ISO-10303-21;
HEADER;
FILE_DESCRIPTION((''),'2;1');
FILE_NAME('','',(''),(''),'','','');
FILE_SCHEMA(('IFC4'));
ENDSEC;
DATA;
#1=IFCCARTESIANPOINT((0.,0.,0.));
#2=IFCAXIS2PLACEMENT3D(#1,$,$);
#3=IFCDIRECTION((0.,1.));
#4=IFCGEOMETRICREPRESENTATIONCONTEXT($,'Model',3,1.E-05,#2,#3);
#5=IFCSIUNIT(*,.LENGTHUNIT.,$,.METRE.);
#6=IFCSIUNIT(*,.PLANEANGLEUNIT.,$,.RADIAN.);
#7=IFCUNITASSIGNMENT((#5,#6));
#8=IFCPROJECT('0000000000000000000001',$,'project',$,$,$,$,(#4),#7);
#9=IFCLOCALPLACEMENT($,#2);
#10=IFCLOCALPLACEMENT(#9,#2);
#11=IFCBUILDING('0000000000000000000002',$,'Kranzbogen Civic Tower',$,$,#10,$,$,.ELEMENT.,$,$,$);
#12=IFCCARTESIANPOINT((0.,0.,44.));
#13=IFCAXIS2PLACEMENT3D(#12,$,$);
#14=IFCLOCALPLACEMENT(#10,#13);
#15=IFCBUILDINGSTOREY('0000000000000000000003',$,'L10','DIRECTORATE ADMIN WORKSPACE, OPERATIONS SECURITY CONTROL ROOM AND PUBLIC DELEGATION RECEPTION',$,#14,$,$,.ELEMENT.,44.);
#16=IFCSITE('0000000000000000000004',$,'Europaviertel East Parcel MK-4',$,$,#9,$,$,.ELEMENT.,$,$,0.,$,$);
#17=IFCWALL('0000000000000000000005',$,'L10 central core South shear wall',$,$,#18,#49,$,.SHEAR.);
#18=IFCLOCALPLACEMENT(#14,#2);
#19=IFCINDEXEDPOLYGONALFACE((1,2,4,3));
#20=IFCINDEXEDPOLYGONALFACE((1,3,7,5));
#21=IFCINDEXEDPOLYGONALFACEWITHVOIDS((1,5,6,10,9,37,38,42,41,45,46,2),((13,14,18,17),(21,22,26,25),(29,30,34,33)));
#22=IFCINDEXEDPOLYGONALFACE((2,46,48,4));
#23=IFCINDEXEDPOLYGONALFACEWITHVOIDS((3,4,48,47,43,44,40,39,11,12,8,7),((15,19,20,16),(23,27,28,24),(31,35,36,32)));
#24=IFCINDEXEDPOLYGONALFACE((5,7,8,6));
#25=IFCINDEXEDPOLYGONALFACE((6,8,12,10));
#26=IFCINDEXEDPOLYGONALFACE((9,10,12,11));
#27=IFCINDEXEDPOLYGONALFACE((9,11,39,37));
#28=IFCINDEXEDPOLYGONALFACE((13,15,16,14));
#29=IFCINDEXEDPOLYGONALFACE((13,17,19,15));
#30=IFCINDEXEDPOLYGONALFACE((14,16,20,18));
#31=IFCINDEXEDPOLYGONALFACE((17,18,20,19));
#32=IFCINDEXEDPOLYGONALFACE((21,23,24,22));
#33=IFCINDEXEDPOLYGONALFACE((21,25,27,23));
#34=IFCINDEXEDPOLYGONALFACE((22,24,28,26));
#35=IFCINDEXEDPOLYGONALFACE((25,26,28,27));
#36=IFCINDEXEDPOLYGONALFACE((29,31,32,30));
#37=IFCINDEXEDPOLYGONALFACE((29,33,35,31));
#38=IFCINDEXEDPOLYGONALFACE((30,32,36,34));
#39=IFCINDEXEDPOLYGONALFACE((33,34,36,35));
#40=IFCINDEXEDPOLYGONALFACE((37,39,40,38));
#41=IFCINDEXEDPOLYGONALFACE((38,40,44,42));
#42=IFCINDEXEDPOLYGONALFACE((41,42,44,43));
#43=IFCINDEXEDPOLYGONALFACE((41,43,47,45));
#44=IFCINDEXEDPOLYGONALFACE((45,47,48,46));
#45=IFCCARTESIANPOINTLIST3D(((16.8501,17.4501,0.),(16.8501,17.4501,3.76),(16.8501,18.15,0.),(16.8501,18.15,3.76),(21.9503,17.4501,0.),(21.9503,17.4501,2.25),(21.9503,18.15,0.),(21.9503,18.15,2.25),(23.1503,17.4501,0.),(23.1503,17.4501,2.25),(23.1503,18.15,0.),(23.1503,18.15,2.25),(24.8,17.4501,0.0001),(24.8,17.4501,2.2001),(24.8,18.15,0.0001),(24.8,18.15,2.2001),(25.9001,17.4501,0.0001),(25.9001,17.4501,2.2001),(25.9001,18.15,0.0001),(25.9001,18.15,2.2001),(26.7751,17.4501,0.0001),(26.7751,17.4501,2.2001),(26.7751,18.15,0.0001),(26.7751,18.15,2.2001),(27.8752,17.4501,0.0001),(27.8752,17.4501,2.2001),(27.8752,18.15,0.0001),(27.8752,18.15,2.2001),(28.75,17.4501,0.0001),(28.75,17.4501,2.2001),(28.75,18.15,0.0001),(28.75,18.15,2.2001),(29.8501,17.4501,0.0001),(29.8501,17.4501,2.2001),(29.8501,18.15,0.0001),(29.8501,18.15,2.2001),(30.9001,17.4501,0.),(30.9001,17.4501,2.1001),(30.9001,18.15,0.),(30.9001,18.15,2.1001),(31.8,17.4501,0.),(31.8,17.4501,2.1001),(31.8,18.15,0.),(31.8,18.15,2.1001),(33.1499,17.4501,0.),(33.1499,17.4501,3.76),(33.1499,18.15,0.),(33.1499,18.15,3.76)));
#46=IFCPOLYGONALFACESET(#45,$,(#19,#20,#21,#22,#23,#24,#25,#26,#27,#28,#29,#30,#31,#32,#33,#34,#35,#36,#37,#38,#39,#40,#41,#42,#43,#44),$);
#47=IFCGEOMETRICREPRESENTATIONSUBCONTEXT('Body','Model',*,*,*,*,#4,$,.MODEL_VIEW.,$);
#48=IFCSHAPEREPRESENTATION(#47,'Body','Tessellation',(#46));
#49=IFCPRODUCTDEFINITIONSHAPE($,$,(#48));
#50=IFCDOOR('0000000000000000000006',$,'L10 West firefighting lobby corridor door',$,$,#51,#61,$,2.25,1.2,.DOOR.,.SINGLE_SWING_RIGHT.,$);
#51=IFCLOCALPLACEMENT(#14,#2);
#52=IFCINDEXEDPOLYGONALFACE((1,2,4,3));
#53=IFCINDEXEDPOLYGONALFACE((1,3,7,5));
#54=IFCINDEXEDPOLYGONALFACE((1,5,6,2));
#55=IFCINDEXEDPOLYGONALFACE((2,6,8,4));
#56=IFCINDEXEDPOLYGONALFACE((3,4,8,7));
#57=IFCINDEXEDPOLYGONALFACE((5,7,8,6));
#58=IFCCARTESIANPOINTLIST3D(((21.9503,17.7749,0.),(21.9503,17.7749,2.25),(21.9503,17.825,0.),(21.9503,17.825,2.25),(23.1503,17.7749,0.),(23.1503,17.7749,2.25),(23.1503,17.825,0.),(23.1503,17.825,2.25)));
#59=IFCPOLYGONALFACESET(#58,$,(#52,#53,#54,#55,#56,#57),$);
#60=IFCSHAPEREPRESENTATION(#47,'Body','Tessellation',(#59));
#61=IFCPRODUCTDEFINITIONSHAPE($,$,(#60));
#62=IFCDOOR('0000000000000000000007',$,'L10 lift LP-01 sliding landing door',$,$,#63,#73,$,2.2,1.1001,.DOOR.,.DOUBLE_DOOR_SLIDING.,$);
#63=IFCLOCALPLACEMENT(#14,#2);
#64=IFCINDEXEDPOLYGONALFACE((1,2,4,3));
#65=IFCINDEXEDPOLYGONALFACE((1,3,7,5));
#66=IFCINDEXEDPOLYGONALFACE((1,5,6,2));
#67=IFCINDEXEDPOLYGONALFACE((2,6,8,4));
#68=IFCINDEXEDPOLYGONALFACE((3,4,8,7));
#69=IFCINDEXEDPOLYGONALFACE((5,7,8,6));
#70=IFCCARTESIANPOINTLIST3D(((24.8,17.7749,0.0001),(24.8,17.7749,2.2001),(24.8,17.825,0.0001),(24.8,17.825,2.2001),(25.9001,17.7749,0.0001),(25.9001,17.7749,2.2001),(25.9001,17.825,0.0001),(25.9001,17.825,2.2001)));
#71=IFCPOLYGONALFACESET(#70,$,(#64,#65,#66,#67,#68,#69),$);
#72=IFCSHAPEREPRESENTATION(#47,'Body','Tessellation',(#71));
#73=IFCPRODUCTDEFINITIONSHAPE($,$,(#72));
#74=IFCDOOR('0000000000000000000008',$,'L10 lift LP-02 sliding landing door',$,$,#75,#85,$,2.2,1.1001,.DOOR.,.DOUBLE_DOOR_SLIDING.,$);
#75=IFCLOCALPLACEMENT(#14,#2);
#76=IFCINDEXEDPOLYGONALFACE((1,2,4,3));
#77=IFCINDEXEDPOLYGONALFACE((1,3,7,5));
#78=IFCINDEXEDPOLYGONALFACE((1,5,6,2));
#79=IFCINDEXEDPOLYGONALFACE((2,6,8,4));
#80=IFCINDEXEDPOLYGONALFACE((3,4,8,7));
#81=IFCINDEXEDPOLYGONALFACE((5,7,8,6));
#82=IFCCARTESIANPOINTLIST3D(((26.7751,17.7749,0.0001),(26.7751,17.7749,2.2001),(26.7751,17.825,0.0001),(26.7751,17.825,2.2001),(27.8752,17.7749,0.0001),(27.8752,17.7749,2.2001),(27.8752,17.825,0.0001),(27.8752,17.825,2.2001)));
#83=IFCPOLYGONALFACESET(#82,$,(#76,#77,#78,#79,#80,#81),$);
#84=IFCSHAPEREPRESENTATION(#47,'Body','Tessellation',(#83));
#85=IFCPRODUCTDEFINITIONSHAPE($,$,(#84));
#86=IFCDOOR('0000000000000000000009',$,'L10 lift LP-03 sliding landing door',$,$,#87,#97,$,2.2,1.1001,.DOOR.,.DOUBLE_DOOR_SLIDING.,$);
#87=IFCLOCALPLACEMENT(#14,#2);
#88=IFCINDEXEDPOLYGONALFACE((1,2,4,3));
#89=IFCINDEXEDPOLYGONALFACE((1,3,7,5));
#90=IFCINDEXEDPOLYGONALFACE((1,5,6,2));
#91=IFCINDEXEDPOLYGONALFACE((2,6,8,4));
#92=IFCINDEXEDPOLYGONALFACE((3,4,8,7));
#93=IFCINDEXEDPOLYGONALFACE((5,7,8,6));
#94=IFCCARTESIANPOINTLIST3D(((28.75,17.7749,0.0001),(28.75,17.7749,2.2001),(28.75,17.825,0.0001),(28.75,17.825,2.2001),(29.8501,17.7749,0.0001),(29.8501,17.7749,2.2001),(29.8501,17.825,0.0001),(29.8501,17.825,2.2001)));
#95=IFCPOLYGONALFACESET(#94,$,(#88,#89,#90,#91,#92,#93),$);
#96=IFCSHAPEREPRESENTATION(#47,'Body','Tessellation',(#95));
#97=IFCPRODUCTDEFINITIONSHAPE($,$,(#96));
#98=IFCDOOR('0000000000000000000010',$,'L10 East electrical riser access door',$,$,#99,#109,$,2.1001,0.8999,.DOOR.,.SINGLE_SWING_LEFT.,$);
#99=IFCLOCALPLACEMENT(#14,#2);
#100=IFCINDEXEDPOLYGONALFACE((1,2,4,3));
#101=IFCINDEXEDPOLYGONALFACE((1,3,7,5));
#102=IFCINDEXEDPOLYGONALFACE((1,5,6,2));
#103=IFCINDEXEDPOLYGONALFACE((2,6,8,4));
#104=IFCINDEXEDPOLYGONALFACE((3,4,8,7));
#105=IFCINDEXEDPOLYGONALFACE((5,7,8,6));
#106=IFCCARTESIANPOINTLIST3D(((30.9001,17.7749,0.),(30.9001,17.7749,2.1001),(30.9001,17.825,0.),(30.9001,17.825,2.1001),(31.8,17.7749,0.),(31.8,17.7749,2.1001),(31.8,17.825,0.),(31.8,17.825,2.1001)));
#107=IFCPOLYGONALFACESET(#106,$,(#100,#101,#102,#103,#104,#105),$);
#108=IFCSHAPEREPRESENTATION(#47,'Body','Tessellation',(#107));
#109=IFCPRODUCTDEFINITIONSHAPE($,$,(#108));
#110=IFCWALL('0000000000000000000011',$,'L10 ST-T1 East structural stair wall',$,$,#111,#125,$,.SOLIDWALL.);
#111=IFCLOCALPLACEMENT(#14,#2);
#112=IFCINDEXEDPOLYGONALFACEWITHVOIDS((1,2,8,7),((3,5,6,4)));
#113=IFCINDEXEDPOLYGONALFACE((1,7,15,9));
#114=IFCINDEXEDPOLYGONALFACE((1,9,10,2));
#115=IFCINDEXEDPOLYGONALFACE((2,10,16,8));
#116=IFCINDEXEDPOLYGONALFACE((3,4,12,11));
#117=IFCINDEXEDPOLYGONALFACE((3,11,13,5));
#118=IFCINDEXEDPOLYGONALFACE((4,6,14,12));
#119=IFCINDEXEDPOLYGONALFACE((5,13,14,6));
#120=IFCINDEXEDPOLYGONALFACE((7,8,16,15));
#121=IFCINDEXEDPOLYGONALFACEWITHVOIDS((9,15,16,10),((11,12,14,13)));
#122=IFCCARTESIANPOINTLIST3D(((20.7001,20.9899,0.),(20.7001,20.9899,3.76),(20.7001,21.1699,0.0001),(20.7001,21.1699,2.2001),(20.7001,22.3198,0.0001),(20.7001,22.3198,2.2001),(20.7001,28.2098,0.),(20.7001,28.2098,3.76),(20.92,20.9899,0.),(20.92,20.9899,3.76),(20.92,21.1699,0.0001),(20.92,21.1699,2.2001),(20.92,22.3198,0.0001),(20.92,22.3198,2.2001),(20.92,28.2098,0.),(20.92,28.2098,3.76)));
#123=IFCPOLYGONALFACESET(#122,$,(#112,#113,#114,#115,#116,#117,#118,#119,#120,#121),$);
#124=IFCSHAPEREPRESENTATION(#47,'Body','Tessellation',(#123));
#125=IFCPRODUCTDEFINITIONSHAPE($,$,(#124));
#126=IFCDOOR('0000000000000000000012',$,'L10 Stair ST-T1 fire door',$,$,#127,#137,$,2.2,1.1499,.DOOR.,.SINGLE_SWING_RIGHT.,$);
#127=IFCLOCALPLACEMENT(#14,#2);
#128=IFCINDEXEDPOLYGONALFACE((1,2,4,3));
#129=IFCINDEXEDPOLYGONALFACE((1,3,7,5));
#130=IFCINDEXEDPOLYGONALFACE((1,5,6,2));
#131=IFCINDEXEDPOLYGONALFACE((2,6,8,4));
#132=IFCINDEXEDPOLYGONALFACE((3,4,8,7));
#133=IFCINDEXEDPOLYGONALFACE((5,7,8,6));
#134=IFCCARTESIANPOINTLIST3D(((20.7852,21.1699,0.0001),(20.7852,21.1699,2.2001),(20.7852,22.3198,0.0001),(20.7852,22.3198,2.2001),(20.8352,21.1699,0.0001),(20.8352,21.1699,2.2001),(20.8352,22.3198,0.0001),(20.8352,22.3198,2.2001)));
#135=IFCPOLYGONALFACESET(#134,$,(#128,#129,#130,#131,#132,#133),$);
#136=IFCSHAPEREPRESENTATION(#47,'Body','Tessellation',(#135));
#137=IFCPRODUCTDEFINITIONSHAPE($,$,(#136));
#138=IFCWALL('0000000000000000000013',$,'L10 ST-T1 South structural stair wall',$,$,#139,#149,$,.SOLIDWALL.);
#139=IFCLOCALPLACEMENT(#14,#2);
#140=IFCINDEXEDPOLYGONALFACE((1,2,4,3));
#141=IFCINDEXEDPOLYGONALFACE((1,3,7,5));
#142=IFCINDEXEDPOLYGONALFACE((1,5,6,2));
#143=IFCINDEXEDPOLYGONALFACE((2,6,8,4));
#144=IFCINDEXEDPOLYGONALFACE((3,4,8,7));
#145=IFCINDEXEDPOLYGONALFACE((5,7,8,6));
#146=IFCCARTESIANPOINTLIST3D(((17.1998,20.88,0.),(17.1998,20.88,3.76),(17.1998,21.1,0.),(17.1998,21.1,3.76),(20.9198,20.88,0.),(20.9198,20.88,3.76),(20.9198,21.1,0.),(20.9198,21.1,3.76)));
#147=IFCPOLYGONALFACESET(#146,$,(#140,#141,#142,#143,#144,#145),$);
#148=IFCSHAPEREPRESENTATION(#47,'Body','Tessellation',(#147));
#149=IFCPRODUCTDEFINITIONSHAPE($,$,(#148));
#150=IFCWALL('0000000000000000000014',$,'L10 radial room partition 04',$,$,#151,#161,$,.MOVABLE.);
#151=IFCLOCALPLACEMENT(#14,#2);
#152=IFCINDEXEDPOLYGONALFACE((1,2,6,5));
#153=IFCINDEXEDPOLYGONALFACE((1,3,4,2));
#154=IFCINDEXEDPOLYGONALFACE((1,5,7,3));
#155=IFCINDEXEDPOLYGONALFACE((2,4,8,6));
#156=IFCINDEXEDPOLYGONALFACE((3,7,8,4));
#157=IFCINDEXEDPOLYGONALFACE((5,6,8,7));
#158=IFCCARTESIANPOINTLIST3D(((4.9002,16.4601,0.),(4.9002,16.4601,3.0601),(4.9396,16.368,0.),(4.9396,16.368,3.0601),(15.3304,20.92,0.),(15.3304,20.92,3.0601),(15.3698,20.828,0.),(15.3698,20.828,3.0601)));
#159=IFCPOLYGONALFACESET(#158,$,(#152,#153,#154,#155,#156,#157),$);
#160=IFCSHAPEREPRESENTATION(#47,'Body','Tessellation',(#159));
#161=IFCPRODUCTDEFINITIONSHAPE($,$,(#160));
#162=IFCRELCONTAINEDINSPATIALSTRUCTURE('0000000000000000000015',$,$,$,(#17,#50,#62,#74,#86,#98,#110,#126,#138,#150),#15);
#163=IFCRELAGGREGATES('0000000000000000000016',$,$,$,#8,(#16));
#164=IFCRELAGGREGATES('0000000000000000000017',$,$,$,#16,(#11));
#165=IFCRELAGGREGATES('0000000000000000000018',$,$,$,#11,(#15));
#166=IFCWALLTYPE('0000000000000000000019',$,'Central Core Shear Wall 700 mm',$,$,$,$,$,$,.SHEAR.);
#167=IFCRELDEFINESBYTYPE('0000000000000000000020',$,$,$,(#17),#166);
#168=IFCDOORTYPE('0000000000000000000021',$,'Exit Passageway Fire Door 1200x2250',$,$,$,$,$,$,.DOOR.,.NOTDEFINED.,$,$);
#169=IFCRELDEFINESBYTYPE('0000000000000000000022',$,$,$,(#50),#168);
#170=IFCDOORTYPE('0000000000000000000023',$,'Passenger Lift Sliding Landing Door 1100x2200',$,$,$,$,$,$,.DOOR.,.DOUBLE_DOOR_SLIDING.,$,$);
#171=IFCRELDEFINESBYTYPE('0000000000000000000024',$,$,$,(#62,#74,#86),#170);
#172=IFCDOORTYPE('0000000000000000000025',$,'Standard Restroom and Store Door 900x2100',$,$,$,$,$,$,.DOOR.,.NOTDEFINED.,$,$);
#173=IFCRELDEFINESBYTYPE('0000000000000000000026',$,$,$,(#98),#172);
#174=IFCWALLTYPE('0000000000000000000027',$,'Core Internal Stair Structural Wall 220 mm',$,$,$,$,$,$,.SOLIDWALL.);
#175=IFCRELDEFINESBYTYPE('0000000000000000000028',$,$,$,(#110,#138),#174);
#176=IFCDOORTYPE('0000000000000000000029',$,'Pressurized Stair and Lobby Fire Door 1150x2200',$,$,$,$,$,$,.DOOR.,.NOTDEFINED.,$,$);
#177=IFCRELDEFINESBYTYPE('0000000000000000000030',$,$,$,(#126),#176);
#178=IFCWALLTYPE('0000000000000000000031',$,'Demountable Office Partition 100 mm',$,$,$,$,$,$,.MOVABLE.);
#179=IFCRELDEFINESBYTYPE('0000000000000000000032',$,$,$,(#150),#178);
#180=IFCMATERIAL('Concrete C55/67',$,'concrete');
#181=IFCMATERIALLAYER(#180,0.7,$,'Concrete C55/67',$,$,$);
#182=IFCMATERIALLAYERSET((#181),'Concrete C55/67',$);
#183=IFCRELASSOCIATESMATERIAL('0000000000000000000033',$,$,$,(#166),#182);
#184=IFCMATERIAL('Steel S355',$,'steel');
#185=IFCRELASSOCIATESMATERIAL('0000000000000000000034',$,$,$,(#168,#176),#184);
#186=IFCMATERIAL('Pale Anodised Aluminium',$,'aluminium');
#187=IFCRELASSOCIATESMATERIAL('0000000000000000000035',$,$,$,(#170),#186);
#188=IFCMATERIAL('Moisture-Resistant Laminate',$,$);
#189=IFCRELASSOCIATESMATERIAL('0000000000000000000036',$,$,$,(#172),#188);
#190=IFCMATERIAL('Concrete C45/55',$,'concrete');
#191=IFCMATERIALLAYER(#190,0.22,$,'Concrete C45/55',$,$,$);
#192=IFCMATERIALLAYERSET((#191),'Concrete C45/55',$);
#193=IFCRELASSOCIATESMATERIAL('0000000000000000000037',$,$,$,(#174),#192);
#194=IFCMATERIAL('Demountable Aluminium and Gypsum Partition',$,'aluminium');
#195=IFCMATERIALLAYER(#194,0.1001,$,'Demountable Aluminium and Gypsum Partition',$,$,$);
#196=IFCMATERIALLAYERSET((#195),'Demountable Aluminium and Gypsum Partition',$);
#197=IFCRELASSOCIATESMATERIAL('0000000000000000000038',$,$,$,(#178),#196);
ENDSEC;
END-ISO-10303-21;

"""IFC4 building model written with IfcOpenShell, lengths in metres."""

from ifc_helpers import new_model, si_unit, direction, frame, frame_2d, origin, place, context, subcontext, project, spatial, rectangle, extrude, material, layer, layer_set, type_object, element, fill, save


model = new_model("IFC4")

# Units and contexts
model_context = context("Model", 3, precision=1e-05, world=origin(), true_north=direction((0.0, 1.0)))
body_context = subcontext(model_context, "Body", "Model", "MODEL_VIEW")
ifc_project = project(units=[si_unit("LENGTHUNIT", "METRE"), si_unit("PLANEANGLEUNIT", "RADIAN")], contexts=[model_context])

# Site, building, storey
site_placement = place(None, origin())
site = spatial("IfcSite", under=ifc_project, at=site_placement, Name="Europaviertel East Parcel MK-4", CompositionType="ELEMENT", RefElevation=0.0)
building_placement = place(site_placement, origin())
building = spatial("IfcBuilding", under=site, at=building_placement, Name="Kranzbogen Civic Tower", CompositionType="ELEMENT")
storey_placement = place(building_placement, frame((0.0, 0.0, 44.0)))
storey = spatial("IfcBuildingStorey", under=building, at=storey_placement, Name="L10", Description="DIRECTORATE ADMIN WORKSPACE, OPERATIONS SECURITY CONTROL ROOM AND PUBLIC DELEGATION RECEPTION", CompositionType="ELEMENT", Elevation=44.0)

# Shared definitions
ifc_material_1 = material(Name="Steel S355", Category="steel")

# Wall, openings, doors
ifc_material_2 = material(Name="Concrete C55/67", Category="concrete")
ifc_layer_1 = layer(ifc_material_2, 0.7, Name="Concrete C55/67")
ifc_layer_set_1 = layer_set([ifc_layer_1], Name="Concrete C55/67")
wall_type_1 = type_object("IfcWallType", Name="Central Core Shear Wall 700 mm", PredefinedType="SHEAR", material=ifc_layer_set_1)
wall_1_placement = place(storey_placement, frame((16.8501, 17.8, 0.0), z_axis=(0.0, 0.0, 1.0), x_axis=(1.0, 0.0, 0.0)))
wall_1 = element("IfcWall", 1, at=wall_1_placement, inside=storey, type_object=wall_type_1, Name="L10 central core South shear wall", PredefinedType="SHEAR", context=body_context, shape_type="SweptSolid", body=[
    extrude(rectangle(XDim=16.2998, YDim=0.7, at=frame_2d((8.1499, 0.0))), origin(), (0.0, 0.0, 1.0), 3.76),
])
opening_1_placement = place(wall_1_placement, frame((5.1001, 0.0, 0.0)))
opening_1 = element("IfcOpeningElement", 2, at=opening_1_placement, cuts=wall_1, PredefinedType="OPENING", context=body_context, shape_type="SweptSolid", body=[
    extrude(rectangle(XDim=1.2, YDim=2.25, at=frame_2d((0.6001, 1.125))), frame((0.0, 0.3599, 0.0), z_axis=(0.0, -1.0, 0.0), x_axis=(1.0, 0.0, 0.0)), (0.0, 0.0, 1.0), 0.72),
])
opening_2_placement = place(wall_1_placement, frame((14.05, 0.0, 0.0)))
opening_2 = element("IfcOpeningElement", 3, at=opening_2_placement, cuts=wall_1, PredefinedType="OPENING", context=body_context, shape_type="SweptSolid", body=[
    extrude(rectangle(XDim=0.8999, YDim=2.1001, at=frame_2d((0.45, 1.05))), frame((0.0, 0.3599, 0.0), z_axis=(0.0, -1.0, 0.0), x_axis=(1.0, 0.0, 0.0)), (0.0, 0.0, 1.0), 0.72),
])
opening_3_placement = place(wall_1_placement, frame((7.95, 0.0, 0.0)))
opening_3 = element("IfcOpeningElement", 4, at=opening_3_placement, cuts=wall_1, PredefinedType="OPENING", context=body_context, shape_type="SweptSolid", body=[
    extrude(rectangle(XDim=1.1001, YDim=2.2, at=frame_2d((0.55, 1.1001))), frame((0.0, 0.3599, 0.0), z_axis=(0.0, -1.0, 0.0), x_axis=(1.0, 0.0, 0.0)), (0.0, 0.0, 1.0), 0.72),
])
opening_4_placement = place(wall_1_placement, frame((9.925, 0.0, 0.0)))
opening_4 = element("IfcOpeningElement", 5, at=opening_4_placement, cuts=wall_1, PredefinedType="OPENING", context=body_context, shape_type="SweptSolid", body=[
    extrude(rectangle(XDim=1.1001, YDim=2.2, at=frame_2d((0.55, 1.1001))), frame((0.0, 0.3599, 0.0), z_axis=(0.0, -1.0, 0.0), x_axis=(1.0, 0.0, 0.0)), (0.0, 0.0, 1.0), 0.72),
])
opening_5_placement = place(wall_1_placement, frame((11.8999, 0.0, 0.0)))
opening_5 = element("IfcOpeningElement", 6, at=opening_5_placement, cuts=wall_1, PredefinedType="OPENING", context=body_context, shape_type="SweptSolid", body=[
    extrude(rectangle(XDim=1.1001, YDim=2.2, at=frame_2d((0.55, 1.1001))), frame((0.0, 0.3599, 0.0), z_axis=(0.0, -1.0, 0.0), x_axis=(1.0, 0.0, 0.0)), (0.0, 0.0, 1.0), 0.72),
])
door_type_1 = type_object("IfcDoorType", Name="Exit Passageway Fire Door 1200x2250", OperationType="NOTDEFINED", PredefinedType="DOOR", material=ifc_material_1)
door_1_placement = place(opening_1_placement, origin())
door_1 = element("IfcDoor", 7, at=door_1_placement, inside=storey, type_object=door_type_1, Name="L10 West firefighting lobby corridor door", OperationType="SINGLE_SWING_RIGHT", OverallHeight=2.25, OverallWidth=1.2, PredefinedType="DOOR", context=body_context, shape_type="SweptSolid", body=[
    extrude(rectangle(XDim=1.2, YDim=2.25, at=frame_2d((0.6001, 1.125))), frame((0.0, 0.0249, 0.0), z_axis=(0.0, -1.0, 0.0), x_axis=(1.0, 0.0, 0.0)), (0.0, 0.0, 1.0), 0.05),
])
fill(opening_1, door_1)
ifc_material_3 = material(Name="Pale Anodised Aluminium", Category="aluminium")
door_type_2 = type_object("IfcDoorType", Name="Passenger Lift Sliding Landing Door 1100x2200", OperationType="DOUBLE_DOOR_SLIDING", PredefinedType="DOOR", material=ifc_material_3)
door_2_placement = place(opening_3_placement, origin())
door_2 = element("IfcDoor", 8, at=door_2_placement, inside=storey, type_object=door_type_2, Name="L10 lift LP-01 sliding landing door", OperationType="DOUBLE_DOOR_SLIDING", OverallHeight=2.2, OverallWidth=1.1001, PredefinedType="DOOR", context=body_context, shape_type="SweptSolid", body=[
    extrude(rectangle(XDim=1.1001, YDim=2.2, at=frame_2d((0.55, 1.1001))), frame((0.0, 0.0249, 0.0), z_axis=(0.0, -1.0, 0.0), x_axis=(1.0, 0.0, 0.0)), (0.0, 0.0, 1.0), 0.05),
])
fill(opening_3, door_2)
door_3_placement = place(opening_4_placement, origin())
door_3 = element("IfcDoor", 9, at=door_3_placement, inside=storey, type_object=door_type_2, Name="L10 lift LP-02 sliding landing door", OperationType="DOUBLE_DOOR_SLIDING", OverallHeight=2.2, OverallWidth=1.1001, PredefinedType="DOOR", context=body_context, shape_type="SweptSolid", body=[
    extrude(rectangle(XDim=1.1001, YDim=2.2, at=frame_2d((0.55, 1.1001))), frame((0.0, 0.0249, 0.0), z_axis=(0.0, -1.0, 0.0), x_axis=(1.0, 0.0, 0.0)), (0.0, 0.0, 1.0), 0.05),
])
fill(opening_4, door_3)
door_4_placement = place(opening_5_placement, origin())
door_4 = element("IfcDoor", 10, at=door_4_placement, inside=storey, type_object=door_type_2, Name="L10 lift LP-03 sliding landing door", OperationType="DOUBLE_DOOR_SLIDING", OverallHeight=2.2, OverallWidth=1.1001, PredefinedType="DOOR", context=body_context, shape_type="SweptSolid", body=[
    extrude(rectangle(XDim=1.1001, YDim=2.2, at=frame_2d((0.55, 1.1001))), frame((0.0, 0.0249, 0.0), z_axis=(0.0, -1.0, 0.0), x_axis=(1.0, 0.0, 0.0)), (0.0, 0.0, 1.0), 0.05),
])
fill(opening_5, door_4)
ifc_material_4 = material(Name="Moisture-Resistant Laminate")
door_type_3 = type_object("IfcDoorType", Name="Standard Restroom and Store Door 900x2100", OperationType="NOTDEFINED", PredefinedType="DOOR", material=ifc_material_4)
door_5_placement = place(opening_2_placement, origin())
door_5 = element("IfcDoor", 11, at=door_5_placement, inside=storey, type_object=door_type_3, Name="L10 East electrical riser access door", OperationType="SINGLE_SWING_LEFT", OverallHeight=2.1001, OverallWidth=0.8999, PredefinedType="DOOR", context=body_context, shape_type="SweptSolid", body=[
    extrude(rectangle(XDim=0.8999, YDim=2.1001, at=frame_2d((0.45, 1.05))), frame((0.0, 0.0249, 0.0), z_axis=(0.0, -1.0, 0.0), x_axis=(1.0, 0.0, 0.0)), (0.0, 0.0, 1.0), 0.05),
])
fill(opening_2, door_5)

# Wall, opening, door
ifc_material_5 = material(Name="Concrete C45/55", Category="concrete")
ifc_layer_2 = layer(ifc_material_5, 0.22, Name="Concrete C45/55")
ifc_layer_set_2 = layer_set([ifc_layer_2], Name="Concrete C45/55")
wall_type_2 = type_object("IfcWallType", Name="Core Internal Stair Structural Wall 220 mm", PredefinedType="SOLIDWALL", material=ifc_layer_set_2)
wall_2_placement = place(storey_placement, frame((20.8101, 20.99, 0.0), z_axis=(0.0, 0.0, 1.0), x_axis=(0.0, 1.0, 0.0)))
wall_2 = element("IfcWall", 12, at=wall_2_placement, inside=storey, type_object=wall_type_2, Name="L10 ST-T1 East structural stair wall", PredefinedType="SOLIDWALL", context=body_context, shape_type="SweptSolid", body=[
    extrude(rectangle(XDim=7.22, YDim=0.22, at=frame_2d((3.6099, 0.0))), origin(), (0.0, 0.0, 1.0), 3.76),
])
opening_6_placement = place(wall_2_placement, frame((0.1799, 0.0, 0.0)))
opening_6 = element("IfcOpeningElement", 13, at=opening_6_placement, cuts=wall_2, PredefinedType="OPENING", context=body_context, shape_type="SweptSolid", body=[
    extrude(rectangle(XDim=1.1499, YDim=2.2, at=frame_2d((0.575, 1.1001))), frame((0.0, 0.1201, 0.0), z_axis=(0.0, -1.0, 0.0), x_axis=(1.0, 0.0, 0.0)), (0.0, 0.0, 1.0), 0.24),
])
door_type_4 = type_object("IfcDoorType", Name="Pressurized Stair and Lobby Fire Door 1150x2200", OperationType="NOTDEFINED", PredefinedType="DOOR", material=ifc_material_1)
door_6_placement = place(opening_6_placement, origin())
door_6 = element("IfcDoor", 14, at=door_6_placement, inside=storey, type_object=door_type_4, Name="L10 Stair ST-T1 fire door", OperationType="SINGLE_SWING_RIGHT", OverallHeight=2.2, OverallWidth=1.1499, PredefinedType="DOOR", context=body_context, shape_type="SweptSolid", body=[
    extrude(rectangle(XDim=1.1499, YDim=2.2, at=frame_2d((0.575, 1.1001))), frame((0.0, 0.0249, 0.0), z_axis=(0.0, -1.0, 0.0), x_axis=(1.0, 0.0, 0.0)), (0.0, 0.0, 1.0), 0.05),
])
fill(opening_6, door_6)

# Walls
wall_3_placement = place(storey_placement, frame((17.2, 20.99, 0.0), z_axis=(0.0, 0.0, 1.0), x_axis=(1.0, 0.0, 0.0)))
element("IfcWall", 15, at=wall_3_placement, inside=storey, type_object=wall_type_2, Name="L10 ST-T1 South structural stair wall", PredefinedType="SOLIDWALL", context=body_context, shape_type="SweptSolid", body=[
    extrude(rectangle(XDim=3.72, YDim=0.22, at=frame_2d((1.8599, 0.0))), origin(), (0.0, 0.0, 1.0), 3.76),
])
ifc_material_6 = material(Name="Demountable Aluminium and Gypsum Partition", Category="aluminium")
ifc_layer_3 = layer(ifc_material_6, 0.1001, Name="Demountable Aluminium and Gypsum Partition")
ifc_layer_set_3 = layer_set([ifc_layer_3], Name="Demountable Aluminium and Gypsum Partition")
wall_type_3 = type_object("IfcWallType", Name="Demountable Office Partition 100 mm", PredefinedType="MOVABLE", material=ifc_layer_set_3)
wall_4_placement = place(storey_placement, frame((15.3501, 20.874, 0.0), z_axis=(0.0, 0.0, 1.0), x_axis=(-0.919468, -0.393166, 0.0)))
element("IfcWall", 16, at=wall_4_placement, inside=storey, type_object=wall_type_3, Name="L10 radial room partition 04", PredefinedType="MOVABLE", context=body_context, shape_type="SweptSolid", body=[
    extrude(rectangle(XDim=11.3438, YDim=0.1001, at=frame_2d((5.6719, 0.0))), origin(), (0.0, 0.0, 1.0), 3.0601),
])

save(model, "model.ifc")
